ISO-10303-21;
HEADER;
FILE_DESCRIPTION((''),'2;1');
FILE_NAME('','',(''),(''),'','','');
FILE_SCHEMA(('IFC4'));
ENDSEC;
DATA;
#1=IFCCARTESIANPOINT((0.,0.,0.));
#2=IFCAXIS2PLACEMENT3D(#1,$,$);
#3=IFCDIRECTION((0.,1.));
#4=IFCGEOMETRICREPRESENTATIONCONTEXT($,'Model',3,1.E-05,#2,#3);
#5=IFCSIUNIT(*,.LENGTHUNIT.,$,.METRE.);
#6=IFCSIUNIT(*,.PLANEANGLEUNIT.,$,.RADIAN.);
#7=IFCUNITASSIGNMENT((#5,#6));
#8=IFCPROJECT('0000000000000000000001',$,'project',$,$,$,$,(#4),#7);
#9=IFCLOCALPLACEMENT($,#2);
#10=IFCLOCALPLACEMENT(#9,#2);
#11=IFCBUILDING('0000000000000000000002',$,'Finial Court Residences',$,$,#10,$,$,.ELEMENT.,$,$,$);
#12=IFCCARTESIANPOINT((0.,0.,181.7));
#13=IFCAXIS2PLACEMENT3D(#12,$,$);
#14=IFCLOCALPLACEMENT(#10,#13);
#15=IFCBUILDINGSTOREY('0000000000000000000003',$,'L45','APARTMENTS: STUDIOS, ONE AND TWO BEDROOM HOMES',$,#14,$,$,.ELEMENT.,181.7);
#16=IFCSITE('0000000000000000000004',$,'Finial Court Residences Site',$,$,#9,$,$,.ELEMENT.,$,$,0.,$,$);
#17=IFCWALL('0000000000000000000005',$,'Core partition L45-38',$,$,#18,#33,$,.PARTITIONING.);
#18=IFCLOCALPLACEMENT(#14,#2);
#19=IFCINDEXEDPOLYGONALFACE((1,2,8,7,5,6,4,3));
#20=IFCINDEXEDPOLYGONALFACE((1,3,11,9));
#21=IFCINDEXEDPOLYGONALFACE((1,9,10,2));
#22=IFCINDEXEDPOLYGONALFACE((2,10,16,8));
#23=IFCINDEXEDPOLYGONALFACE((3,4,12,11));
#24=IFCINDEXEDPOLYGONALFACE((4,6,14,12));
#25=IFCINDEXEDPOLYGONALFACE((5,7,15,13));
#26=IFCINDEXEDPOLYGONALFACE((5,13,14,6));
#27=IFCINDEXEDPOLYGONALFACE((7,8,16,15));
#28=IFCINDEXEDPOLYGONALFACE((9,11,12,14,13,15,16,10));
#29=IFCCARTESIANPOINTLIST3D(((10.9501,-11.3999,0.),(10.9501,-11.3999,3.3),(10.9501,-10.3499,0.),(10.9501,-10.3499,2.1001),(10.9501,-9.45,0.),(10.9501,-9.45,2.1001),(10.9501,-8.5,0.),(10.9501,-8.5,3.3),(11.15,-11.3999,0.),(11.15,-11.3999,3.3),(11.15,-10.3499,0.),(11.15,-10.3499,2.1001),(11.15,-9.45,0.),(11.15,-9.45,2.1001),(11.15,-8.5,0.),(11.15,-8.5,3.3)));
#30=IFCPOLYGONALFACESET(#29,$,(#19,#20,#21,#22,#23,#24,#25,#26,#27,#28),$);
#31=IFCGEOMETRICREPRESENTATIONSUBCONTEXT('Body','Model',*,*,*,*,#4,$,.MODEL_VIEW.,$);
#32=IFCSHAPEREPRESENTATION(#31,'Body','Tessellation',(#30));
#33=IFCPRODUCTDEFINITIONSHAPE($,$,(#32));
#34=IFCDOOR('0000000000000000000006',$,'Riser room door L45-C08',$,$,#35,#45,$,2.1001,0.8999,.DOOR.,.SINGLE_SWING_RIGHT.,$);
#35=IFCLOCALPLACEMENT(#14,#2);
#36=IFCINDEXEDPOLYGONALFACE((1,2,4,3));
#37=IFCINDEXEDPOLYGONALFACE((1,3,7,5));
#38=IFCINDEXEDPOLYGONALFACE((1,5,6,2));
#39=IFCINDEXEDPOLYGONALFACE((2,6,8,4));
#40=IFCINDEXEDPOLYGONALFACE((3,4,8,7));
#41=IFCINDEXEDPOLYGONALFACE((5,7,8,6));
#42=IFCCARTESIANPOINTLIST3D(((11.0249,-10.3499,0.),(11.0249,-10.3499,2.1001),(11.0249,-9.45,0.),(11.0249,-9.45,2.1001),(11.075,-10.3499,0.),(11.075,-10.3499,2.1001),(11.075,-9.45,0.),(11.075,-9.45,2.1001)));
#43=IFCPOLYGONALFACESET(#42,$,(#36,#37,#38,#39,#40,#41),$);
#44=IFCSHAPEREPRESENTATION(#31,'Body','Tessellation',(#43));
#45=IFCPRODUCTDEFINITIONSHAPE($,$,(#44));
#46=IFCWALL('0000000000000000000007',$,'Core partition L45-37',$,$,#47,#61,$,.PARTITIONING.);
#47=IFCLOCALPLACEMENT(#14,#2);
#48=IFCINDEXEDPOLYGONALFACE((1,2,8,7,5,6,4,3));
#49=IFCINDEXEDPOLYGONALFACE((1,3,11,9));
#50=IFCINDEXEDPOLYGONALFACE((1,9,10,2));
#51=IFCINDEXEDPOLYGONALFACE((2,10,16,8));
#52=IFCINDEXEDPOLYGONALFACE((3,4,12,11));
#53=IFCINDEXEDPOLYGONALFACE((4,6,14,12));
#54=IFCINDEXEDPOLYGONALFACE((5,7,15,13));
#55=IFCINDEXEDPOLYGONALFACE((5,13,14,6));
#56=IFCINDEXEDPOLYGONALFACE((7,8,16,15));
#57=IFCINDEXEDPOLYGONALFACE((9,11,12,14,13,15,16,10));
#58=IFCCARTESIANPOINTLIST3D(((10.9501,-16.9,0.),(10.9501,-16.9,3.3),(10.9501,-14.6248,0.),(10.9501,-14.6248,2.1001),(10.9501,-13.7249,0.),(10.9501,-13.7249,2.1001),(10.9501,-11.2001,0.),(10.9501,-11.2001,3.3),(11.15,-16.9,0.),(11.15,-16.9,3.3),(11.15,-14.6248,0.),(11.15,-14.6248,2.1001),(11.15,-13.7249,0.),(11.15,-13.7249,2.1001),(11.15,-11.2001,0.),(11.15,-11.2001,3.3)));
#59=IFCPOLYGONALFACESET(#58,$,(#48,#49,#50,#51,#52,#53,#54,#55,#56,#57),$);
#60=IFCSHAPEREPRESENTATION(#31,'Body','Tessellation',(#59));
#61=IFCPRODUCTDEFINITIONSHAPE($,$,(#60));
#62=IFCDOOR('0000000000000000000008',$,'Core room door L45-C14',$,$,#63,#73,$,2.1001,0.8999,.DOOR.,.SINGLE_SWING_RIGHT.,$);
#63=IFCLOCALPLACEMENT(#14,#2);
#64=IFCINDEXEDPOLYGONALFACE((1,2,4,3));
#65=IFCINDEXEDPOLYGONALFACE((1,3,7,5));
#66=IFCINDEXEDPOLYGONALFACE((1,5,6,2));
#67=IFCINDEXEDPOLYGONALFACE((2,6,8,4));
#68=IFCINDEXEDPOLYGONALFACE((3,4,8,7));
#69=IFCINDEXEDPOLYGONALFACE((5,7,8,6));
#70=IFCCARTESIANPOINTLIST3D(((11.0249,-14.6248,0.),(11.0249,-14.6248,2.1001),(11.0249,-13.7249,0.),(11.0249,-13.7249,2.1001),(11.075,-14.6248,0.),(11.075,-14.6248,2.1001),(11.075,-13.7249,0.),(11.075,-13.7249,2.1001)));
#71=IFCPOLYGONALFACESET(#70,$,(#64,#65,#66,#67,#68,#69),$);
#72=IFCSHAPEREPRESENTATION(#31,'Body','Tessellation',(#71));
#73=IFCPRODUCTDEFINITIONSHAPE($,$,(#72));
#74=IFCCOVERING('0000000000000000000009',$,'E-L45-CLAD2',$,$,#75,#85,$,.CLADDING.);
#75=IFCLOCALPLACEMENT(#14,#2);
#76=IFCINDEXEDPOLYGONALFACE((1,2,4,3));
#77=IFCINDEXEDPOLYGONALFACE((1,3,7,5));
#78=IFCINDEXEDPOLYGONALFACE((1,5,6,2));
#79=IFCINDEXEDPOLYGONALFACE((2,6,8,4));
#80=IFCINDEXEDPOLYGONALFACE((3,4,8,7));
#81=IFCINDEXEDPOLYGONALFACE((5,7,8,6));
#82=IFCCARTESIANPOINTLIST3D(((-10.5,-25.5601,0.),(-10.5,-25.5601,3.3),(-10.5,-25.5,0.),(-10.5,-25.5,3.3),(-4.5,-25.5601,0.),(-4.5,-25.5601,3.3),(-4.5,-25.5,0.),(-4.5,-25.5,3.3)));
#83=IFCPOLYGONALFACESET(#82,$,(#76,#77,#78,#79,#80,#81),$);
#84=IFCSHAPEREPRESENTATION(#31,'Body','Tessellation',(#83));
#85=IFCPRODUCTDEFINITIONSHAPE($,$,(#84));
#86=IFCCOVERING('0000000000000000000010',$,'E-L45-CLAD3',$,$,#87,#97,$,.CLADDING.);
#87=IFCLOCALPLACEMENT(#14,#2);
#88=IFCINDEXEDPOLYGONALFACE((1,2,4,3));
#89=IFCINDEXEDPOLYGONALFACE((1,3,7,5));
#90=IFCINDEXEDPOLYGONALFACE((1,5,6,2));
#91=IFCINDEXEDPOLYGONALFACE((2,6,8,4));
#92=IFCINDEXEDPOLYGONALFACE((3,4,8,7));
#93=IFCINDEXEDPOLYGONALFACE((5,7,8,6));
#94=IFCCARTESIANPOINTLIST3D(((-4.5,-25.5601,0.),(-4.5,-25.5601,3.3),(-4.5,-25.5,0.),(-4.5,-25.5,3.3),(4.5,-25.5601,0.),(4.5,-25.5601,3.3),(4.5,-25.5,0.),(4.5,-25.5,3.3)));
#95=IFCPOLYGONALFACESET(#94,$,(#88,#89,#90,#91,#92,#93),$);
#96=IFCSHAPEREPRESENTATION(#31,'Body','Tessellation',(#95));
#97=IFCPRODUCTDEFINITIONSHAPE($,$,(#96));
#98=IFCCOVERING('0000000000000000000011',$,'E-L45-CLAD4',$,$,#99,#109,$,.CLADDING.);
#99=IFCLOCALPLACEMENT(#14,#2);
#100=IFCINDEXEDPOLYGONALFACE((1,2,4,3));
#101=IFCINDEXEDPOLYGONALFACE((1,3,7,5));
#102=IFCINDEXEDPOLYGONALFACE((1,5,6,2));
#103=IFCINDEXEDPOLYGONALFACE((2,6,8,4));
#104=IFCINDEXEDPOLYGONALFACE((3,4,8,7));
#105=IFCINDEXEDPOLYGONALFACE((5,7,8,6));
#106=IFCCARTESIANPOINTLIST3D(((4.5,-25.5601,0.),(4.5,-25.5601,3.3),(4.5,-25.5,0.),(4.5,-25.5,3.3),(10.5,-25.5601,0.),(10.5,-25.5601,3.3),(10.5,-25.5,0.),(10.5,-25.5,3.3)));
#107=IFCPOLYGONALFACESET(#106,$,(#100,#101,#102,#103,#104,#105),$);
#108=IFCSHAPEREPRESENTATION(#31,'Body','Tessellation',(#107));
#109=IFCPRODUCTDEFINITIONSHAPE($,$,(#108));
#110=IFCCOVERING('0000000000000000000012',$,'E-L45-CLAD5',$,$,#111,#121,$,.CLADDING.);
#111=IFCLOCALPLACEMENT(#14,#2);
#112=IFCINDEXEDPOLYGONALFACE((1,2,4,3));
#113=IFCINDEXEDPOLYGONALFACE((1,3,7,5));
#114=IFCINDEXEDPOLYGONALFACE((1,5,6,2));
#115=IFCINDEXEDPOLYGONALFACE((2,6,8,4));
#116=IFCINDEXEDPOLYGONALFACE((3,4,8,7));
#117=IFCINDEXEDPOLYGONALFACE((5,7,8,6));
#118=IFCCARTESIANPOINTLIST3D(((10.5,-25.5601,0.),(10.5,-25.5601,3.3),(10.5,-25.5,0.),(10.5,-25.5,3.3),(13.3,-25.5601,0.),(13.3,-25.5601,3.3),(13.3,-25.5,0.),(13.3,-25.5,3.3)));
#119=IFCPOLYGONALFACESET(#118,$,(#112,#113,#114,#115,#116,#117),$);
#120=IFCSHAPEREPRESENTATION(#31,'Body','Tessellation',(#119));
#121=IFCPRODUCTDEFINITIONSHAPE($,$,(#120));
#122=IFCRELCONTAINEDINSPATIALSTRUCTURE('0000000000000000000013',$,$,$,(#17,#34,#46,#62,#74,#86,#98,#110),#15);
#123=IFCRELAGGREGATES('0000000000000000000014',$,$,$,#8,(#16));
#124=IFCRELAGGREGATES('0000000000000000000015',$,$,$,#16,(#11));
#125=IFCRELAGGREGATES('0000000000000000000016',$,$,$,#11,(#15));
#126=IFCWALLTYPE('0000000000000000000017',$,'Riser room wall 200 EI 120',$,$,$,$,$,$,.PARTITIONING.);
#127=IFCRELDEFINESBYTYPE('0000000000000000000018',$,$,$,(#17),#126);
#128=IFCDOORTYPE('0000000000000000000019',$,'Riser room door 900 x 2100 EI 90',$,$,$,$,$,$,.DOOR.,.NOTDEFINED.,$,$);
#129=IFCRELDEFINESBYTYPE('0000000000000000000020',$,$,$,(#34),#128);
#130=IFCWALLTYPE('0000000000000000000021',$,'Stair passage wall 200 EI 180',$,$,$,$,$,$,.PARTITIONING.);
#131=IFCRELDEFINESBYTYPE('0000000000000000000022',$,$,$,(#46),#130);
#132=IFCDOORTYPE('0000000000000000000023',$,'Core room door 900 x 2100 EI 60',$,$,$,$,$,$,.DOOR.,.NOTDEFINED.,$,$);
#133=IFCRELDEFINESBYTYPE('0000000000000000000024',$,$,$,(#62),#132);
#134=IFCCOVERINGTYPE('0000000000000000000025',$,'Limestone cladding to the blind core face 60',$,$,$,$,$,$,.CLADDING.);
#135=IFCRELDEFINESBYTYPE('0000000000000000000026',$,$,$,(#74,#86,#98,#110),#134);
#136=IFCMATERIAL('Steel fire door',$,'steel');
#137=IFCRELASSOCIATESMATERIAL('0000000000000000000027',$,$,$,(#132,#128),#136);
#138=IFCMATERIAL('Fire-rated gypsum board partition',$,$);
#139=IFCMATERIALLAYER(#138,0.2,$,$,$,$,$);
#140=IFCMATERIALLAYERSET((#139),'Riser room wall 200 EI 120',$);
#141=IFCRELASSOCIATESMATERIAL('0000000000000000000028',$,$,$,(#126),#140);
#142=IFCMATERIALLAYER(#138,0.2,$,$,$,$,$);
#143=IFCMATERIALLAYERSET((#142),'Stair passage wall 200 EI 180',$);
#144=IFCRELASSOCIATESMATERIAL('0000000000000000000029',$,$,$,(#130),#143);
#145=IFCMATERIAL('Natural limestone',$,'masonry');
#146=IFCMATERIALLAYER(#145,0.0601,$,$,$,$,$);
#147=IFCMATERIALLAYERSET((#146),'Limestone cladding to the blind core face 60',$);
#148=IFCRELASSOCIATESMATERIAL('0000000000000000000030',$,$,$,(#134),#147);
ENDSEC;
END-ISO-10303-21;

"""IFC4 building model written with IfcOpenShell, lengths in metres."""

from ifc_helpers import new_model, si_unit, direction, frame, frame_2d, origin, place, context, subcontext, project, spatial, polyline, rectangle, outline, extrude, material, layer, layer_set, type_object, element, fill, save


model = new_model("IFC4")

# Units and contexts
model_context = context("Model", 3, precision=1e-05, world=origin(), true_north=direction((0.0, 1.0)))
body_context = subcontext(model_context, "Body", "Model", "MODEL_VIEW")
ifc_project = project(units=[si_unit("LENGTHUNIT", "METRE"), si_unit("PLANEANGLEUNIT", "RADIAN")], contexts=[model_context])

# Site, building, storey
site_placement = place(None, origin())
site = spatial("IfcSite", under=ifc_project, at=site_placement, Name="Finial Court Residences Site", CompositionType="ELEMENT", RefElevation=0.0)
building_placement = place(site_placement, origin())
building = spatial("IfcBuilding", under=site, at=building_placement, Name="Finial Court Residences", CompositionType="ELEMENT")
storey_placement = place(building_placement, frame((0.0, 0.0, 181.7)))
storey = spatial("IfcBuildingStorey", under=building, at=storey_placement, Name="L45", Description="APARTMENTS: STUDIOS, ONE AND TWO BEDROOM HOMES", CompositionType="ELEMENT", Elevation=181.7)

# Shared definitions
ifc_material_1 = material(Name="Fire-rated gypsum board partition")

# Shared definitions
ifc_material_2 = material(Name="Steel fire door", Category="steel")
door_type_1 = type_object("IfcDoorType", Name="Core room door 900 x 2100 EI 60", OperationType="NOTDEFINED", PredefinedType="DOOR", material=ifc_material_2)

# Shared definitions
ifc_layer_1 = layer(ifc_material_1, 0.2)
ifc_layer_set_1 = layer_set([ifc_layer_1], Name="Riser room wall 200 EI 120")
wall_type_1 = type_object("IfcWallType", Name="Riser room wall 200 EI 120", PredefinedType="PARTITIONING", material=ifc_layer_set_1)

# Walls, openings, doors
wall_1_placement = place(storey_placement, frame((11.05, -8.5, 0.0), z_axis=(0.0, 0.0, 1.0), x_axis=(0.0, -1.0, 0.0)))
wall_1 = element("IfcWall", 1, at=wall_1_placement, inside=storey, type_object=wall_type_1, Name="Core partition L45-38", PredefinedType="PARTITIONING", context=body_context, shape_type="SweptSolid", body=[
    extrude(rectangle(XDim=2.8999, YDim=0.2, at=frame_2d((1.45, 0.0))), origin(), (0.0, 0.0, 1.0), 3.3),
])
opening_1_placement = place(wall_1_placement, frame((0.95, 0.0, 0.0)))
opening_1 = element("IfcOpeningElement", 2, at=opening_1_placement, cuts=wall_1, PredefinedType="OPENING", context=body_context, shape_type="SweptSolid", body=[
    extrude(rectangle(XDim=0.8999, YDim=2.1001, at=frame_2d((0.45, 1.05))), frame((0.0, 0.1099, 0.0), z_axis=(0.0, -1.0, 0.0), x_axis=(1.0, 0.0, 0.0)), (0.0, 0.0, 1.0), 0.22),
])
door_type_2 = type_object("IfcDoorType", Name="Riser room door 900 x 2100 EI 90", OperationType="NOTDEFINED", PredefinedType="DOOR", material=ifc_material_2)
door_1_placement = place(opening_1_placement, origin())
door_1 = element("IfcDoor", 3, at=door_1_placement, inside=storey, type_object=door_type_2, Name="Riser room door L45-C08", OperationType="SINGLE_SWING_RIGHT", OverallHeight=2.1001, OverallWidth=0.8999, PredefinedType="DOOR", context=body_context, shape_type="SweptSolid", body=[
    extrude(rectangle(XDim=0.8999, YDim=2.1001, at=frame_2d((0.45, 1.05))), frame((0.0, 0.0249, 0.0), z_axis=(0.0, -1.0, 0.0), x_axis=(1.0, 0.0, 0.0)), (0.0, 0.0, 1.0), 0.05),
])
fill(opening_1, door_1)
ifc_layer_2 = layer(ifc_material_1, 0.2)
ifc_layer_set_2 = layer_set([ifc_layer_2], Name="Stair passage wall 200 EI 180")
wall_type_2 = type_object("IfcWallType", Name="Stair passage wall 200 EI 180", PredefinedType="PARTITIONING", material=ifc_layer_set_2)
wall_2_placement = place(storey_placement, frame((11.05, -11.2, 0.0), z_axis=(0.0, 0.0, 1.0), x_axis=(0.0, -1.0, 0.0)))
wall_2 = element("IfcWall", 4, at=wall_2_placement, inside=storey, type_object=wall_type_2, Name="Core partition L45-37", PredefinedType="PARTITIONING", context=body_context, shape_type="SweptSolid", body=[
    extrude(rectangle(XDim=5.7, YDim=0.2, at=frame_2d((2.8501, 0.0))), origin(), (0.0, 0.0, 1.0), 3.3),
])
opening_2_placement = place(wall_2_placement, frame((2.5249, 0.0, 0.0)))
opening_2 = element("IfcOpeningElement", 5, at=opening_2_placement, cuts=wall_2, PredefinedType="OPENING", context=body_context, shape_type="SweptSolid", body=[
    extrude(rectangle(XDim=0.8999, YDim=2.1001, at=frame_2d((0.45, 1.05))), frame((0.0, 0.1099, 0.0), z_axis=(0.0, -1.0, 0.0), x_axis=(1.0, 0.0, 0.0)), (0.0, 0.0, 1.0), 0.22),
])
door_2_placement = place(opening_2_placement, origin())
door_2 = element("IfcDoor", 6, at=door_2_placement, inside=storey, type_object=door_type_1, Name="Core room door L45-C14", OperationType="SINGLE_SWING_RIGHT", OverallHeight=2.1001, OverallWidth=0.8999, PredefinedType="DOOR", context=body_context, shape_type="SweptSolid", body=[
    extrude(rectangle(XDim=0.8999, YDim=2.1001, at=frame_2d((0.45, 1.05))), frame((0.0, 0.0249, 0.0), z_axis=(0.0, -1.0, 0.0), x_axis=(1.0, 0.0, 0.0)), (0.0, 0.0, 1.0), 0.05),
])
fill(opening_2, door_2)

# Coverings
ifc_material_3 = material(Name="Natural limestone", Category="masonry")
ifc_layer_3 = layer(ifc_material_3, 0.0601)
ifc_layer_set_3 = layer_set([ifc_layer_3], Name="Limestone cladding to the blind core face 60")
covering_type = type_object("IfcCoveringType", Name="Limestone cladding to the blind core face 60", PredefinedType="CLADDING", material=ifc_layer_set_3)
covering_1_placement = place(storey_placement, origin())
element("IfcCovering", 7, at=covering_1_placement, inside=storey, type_object=covering_type, Name="E-L45-CLAD2", PredefinedType="CLADDING", context=body_context, shape_type="SweptSolid", body=[
    extrude(outline(polyline([(-4.5, -25.5601), (-4.5, -25.5), (-10.5, -25.5), (-10.5, -25.5601), (-4.5, -25.5601)])), origin(), (0.0, 0.0, 1.0), 3.3),
])
covering_2_placement = place(storey_placement, origin())
element("IfcCovering", 8, at=covering_2_placement, inside=storey, type_object=covering_type, Name="E-L45-CLAD3", PredefinedType="CLADDING", context=body_context, shape_type="SweptSolid", body=[
    extrude(outline(polyline([(4.5, -25.5601), (4.5, -25.5), (-4.5, -25.5), (-4.5, -25.5601), (4.5, -25.5601)])), origin(), (0.0, 0.0, 1.0), 3.3),
])
covering_3_placement = place(storey_placement, origin())
element("IfcCovering", 9, at=covering_3_placement, inside=storey, type_object=covering_type, Name="E-L45-CLAD4", PredefinedType="CLADDING", context=body_context, shape_type="SweptSolid", body=[
    extrude(outline(polyline([(10.5, -25.5601), (10.5, -25.5), (4.5, -25.5), (4.5, -25.5601), (10.5, -25.5601)])), origin(), (0.0, 0.0, 1.0), 3.3),
])
covering_4_placement = place(storey_placement, origin())
element("IfcCovering", 10, at=covering_4_placement, inside=storey, type_object=covering_type, Name="E-L45-CLAD5", PredefinedType="CLADDING", context=body_context, shape_type="SweptSolid", body=[
    extrude(outline(polyline([(13.3, -25.5601), (13.3, -25.5), (10.5, -25.5), (10.5, -25.5601), (13.3, -25.5601)])), origin(), (0.0, 0.0, 1.0), 3.3),
])

save(model, "model.ifc")
